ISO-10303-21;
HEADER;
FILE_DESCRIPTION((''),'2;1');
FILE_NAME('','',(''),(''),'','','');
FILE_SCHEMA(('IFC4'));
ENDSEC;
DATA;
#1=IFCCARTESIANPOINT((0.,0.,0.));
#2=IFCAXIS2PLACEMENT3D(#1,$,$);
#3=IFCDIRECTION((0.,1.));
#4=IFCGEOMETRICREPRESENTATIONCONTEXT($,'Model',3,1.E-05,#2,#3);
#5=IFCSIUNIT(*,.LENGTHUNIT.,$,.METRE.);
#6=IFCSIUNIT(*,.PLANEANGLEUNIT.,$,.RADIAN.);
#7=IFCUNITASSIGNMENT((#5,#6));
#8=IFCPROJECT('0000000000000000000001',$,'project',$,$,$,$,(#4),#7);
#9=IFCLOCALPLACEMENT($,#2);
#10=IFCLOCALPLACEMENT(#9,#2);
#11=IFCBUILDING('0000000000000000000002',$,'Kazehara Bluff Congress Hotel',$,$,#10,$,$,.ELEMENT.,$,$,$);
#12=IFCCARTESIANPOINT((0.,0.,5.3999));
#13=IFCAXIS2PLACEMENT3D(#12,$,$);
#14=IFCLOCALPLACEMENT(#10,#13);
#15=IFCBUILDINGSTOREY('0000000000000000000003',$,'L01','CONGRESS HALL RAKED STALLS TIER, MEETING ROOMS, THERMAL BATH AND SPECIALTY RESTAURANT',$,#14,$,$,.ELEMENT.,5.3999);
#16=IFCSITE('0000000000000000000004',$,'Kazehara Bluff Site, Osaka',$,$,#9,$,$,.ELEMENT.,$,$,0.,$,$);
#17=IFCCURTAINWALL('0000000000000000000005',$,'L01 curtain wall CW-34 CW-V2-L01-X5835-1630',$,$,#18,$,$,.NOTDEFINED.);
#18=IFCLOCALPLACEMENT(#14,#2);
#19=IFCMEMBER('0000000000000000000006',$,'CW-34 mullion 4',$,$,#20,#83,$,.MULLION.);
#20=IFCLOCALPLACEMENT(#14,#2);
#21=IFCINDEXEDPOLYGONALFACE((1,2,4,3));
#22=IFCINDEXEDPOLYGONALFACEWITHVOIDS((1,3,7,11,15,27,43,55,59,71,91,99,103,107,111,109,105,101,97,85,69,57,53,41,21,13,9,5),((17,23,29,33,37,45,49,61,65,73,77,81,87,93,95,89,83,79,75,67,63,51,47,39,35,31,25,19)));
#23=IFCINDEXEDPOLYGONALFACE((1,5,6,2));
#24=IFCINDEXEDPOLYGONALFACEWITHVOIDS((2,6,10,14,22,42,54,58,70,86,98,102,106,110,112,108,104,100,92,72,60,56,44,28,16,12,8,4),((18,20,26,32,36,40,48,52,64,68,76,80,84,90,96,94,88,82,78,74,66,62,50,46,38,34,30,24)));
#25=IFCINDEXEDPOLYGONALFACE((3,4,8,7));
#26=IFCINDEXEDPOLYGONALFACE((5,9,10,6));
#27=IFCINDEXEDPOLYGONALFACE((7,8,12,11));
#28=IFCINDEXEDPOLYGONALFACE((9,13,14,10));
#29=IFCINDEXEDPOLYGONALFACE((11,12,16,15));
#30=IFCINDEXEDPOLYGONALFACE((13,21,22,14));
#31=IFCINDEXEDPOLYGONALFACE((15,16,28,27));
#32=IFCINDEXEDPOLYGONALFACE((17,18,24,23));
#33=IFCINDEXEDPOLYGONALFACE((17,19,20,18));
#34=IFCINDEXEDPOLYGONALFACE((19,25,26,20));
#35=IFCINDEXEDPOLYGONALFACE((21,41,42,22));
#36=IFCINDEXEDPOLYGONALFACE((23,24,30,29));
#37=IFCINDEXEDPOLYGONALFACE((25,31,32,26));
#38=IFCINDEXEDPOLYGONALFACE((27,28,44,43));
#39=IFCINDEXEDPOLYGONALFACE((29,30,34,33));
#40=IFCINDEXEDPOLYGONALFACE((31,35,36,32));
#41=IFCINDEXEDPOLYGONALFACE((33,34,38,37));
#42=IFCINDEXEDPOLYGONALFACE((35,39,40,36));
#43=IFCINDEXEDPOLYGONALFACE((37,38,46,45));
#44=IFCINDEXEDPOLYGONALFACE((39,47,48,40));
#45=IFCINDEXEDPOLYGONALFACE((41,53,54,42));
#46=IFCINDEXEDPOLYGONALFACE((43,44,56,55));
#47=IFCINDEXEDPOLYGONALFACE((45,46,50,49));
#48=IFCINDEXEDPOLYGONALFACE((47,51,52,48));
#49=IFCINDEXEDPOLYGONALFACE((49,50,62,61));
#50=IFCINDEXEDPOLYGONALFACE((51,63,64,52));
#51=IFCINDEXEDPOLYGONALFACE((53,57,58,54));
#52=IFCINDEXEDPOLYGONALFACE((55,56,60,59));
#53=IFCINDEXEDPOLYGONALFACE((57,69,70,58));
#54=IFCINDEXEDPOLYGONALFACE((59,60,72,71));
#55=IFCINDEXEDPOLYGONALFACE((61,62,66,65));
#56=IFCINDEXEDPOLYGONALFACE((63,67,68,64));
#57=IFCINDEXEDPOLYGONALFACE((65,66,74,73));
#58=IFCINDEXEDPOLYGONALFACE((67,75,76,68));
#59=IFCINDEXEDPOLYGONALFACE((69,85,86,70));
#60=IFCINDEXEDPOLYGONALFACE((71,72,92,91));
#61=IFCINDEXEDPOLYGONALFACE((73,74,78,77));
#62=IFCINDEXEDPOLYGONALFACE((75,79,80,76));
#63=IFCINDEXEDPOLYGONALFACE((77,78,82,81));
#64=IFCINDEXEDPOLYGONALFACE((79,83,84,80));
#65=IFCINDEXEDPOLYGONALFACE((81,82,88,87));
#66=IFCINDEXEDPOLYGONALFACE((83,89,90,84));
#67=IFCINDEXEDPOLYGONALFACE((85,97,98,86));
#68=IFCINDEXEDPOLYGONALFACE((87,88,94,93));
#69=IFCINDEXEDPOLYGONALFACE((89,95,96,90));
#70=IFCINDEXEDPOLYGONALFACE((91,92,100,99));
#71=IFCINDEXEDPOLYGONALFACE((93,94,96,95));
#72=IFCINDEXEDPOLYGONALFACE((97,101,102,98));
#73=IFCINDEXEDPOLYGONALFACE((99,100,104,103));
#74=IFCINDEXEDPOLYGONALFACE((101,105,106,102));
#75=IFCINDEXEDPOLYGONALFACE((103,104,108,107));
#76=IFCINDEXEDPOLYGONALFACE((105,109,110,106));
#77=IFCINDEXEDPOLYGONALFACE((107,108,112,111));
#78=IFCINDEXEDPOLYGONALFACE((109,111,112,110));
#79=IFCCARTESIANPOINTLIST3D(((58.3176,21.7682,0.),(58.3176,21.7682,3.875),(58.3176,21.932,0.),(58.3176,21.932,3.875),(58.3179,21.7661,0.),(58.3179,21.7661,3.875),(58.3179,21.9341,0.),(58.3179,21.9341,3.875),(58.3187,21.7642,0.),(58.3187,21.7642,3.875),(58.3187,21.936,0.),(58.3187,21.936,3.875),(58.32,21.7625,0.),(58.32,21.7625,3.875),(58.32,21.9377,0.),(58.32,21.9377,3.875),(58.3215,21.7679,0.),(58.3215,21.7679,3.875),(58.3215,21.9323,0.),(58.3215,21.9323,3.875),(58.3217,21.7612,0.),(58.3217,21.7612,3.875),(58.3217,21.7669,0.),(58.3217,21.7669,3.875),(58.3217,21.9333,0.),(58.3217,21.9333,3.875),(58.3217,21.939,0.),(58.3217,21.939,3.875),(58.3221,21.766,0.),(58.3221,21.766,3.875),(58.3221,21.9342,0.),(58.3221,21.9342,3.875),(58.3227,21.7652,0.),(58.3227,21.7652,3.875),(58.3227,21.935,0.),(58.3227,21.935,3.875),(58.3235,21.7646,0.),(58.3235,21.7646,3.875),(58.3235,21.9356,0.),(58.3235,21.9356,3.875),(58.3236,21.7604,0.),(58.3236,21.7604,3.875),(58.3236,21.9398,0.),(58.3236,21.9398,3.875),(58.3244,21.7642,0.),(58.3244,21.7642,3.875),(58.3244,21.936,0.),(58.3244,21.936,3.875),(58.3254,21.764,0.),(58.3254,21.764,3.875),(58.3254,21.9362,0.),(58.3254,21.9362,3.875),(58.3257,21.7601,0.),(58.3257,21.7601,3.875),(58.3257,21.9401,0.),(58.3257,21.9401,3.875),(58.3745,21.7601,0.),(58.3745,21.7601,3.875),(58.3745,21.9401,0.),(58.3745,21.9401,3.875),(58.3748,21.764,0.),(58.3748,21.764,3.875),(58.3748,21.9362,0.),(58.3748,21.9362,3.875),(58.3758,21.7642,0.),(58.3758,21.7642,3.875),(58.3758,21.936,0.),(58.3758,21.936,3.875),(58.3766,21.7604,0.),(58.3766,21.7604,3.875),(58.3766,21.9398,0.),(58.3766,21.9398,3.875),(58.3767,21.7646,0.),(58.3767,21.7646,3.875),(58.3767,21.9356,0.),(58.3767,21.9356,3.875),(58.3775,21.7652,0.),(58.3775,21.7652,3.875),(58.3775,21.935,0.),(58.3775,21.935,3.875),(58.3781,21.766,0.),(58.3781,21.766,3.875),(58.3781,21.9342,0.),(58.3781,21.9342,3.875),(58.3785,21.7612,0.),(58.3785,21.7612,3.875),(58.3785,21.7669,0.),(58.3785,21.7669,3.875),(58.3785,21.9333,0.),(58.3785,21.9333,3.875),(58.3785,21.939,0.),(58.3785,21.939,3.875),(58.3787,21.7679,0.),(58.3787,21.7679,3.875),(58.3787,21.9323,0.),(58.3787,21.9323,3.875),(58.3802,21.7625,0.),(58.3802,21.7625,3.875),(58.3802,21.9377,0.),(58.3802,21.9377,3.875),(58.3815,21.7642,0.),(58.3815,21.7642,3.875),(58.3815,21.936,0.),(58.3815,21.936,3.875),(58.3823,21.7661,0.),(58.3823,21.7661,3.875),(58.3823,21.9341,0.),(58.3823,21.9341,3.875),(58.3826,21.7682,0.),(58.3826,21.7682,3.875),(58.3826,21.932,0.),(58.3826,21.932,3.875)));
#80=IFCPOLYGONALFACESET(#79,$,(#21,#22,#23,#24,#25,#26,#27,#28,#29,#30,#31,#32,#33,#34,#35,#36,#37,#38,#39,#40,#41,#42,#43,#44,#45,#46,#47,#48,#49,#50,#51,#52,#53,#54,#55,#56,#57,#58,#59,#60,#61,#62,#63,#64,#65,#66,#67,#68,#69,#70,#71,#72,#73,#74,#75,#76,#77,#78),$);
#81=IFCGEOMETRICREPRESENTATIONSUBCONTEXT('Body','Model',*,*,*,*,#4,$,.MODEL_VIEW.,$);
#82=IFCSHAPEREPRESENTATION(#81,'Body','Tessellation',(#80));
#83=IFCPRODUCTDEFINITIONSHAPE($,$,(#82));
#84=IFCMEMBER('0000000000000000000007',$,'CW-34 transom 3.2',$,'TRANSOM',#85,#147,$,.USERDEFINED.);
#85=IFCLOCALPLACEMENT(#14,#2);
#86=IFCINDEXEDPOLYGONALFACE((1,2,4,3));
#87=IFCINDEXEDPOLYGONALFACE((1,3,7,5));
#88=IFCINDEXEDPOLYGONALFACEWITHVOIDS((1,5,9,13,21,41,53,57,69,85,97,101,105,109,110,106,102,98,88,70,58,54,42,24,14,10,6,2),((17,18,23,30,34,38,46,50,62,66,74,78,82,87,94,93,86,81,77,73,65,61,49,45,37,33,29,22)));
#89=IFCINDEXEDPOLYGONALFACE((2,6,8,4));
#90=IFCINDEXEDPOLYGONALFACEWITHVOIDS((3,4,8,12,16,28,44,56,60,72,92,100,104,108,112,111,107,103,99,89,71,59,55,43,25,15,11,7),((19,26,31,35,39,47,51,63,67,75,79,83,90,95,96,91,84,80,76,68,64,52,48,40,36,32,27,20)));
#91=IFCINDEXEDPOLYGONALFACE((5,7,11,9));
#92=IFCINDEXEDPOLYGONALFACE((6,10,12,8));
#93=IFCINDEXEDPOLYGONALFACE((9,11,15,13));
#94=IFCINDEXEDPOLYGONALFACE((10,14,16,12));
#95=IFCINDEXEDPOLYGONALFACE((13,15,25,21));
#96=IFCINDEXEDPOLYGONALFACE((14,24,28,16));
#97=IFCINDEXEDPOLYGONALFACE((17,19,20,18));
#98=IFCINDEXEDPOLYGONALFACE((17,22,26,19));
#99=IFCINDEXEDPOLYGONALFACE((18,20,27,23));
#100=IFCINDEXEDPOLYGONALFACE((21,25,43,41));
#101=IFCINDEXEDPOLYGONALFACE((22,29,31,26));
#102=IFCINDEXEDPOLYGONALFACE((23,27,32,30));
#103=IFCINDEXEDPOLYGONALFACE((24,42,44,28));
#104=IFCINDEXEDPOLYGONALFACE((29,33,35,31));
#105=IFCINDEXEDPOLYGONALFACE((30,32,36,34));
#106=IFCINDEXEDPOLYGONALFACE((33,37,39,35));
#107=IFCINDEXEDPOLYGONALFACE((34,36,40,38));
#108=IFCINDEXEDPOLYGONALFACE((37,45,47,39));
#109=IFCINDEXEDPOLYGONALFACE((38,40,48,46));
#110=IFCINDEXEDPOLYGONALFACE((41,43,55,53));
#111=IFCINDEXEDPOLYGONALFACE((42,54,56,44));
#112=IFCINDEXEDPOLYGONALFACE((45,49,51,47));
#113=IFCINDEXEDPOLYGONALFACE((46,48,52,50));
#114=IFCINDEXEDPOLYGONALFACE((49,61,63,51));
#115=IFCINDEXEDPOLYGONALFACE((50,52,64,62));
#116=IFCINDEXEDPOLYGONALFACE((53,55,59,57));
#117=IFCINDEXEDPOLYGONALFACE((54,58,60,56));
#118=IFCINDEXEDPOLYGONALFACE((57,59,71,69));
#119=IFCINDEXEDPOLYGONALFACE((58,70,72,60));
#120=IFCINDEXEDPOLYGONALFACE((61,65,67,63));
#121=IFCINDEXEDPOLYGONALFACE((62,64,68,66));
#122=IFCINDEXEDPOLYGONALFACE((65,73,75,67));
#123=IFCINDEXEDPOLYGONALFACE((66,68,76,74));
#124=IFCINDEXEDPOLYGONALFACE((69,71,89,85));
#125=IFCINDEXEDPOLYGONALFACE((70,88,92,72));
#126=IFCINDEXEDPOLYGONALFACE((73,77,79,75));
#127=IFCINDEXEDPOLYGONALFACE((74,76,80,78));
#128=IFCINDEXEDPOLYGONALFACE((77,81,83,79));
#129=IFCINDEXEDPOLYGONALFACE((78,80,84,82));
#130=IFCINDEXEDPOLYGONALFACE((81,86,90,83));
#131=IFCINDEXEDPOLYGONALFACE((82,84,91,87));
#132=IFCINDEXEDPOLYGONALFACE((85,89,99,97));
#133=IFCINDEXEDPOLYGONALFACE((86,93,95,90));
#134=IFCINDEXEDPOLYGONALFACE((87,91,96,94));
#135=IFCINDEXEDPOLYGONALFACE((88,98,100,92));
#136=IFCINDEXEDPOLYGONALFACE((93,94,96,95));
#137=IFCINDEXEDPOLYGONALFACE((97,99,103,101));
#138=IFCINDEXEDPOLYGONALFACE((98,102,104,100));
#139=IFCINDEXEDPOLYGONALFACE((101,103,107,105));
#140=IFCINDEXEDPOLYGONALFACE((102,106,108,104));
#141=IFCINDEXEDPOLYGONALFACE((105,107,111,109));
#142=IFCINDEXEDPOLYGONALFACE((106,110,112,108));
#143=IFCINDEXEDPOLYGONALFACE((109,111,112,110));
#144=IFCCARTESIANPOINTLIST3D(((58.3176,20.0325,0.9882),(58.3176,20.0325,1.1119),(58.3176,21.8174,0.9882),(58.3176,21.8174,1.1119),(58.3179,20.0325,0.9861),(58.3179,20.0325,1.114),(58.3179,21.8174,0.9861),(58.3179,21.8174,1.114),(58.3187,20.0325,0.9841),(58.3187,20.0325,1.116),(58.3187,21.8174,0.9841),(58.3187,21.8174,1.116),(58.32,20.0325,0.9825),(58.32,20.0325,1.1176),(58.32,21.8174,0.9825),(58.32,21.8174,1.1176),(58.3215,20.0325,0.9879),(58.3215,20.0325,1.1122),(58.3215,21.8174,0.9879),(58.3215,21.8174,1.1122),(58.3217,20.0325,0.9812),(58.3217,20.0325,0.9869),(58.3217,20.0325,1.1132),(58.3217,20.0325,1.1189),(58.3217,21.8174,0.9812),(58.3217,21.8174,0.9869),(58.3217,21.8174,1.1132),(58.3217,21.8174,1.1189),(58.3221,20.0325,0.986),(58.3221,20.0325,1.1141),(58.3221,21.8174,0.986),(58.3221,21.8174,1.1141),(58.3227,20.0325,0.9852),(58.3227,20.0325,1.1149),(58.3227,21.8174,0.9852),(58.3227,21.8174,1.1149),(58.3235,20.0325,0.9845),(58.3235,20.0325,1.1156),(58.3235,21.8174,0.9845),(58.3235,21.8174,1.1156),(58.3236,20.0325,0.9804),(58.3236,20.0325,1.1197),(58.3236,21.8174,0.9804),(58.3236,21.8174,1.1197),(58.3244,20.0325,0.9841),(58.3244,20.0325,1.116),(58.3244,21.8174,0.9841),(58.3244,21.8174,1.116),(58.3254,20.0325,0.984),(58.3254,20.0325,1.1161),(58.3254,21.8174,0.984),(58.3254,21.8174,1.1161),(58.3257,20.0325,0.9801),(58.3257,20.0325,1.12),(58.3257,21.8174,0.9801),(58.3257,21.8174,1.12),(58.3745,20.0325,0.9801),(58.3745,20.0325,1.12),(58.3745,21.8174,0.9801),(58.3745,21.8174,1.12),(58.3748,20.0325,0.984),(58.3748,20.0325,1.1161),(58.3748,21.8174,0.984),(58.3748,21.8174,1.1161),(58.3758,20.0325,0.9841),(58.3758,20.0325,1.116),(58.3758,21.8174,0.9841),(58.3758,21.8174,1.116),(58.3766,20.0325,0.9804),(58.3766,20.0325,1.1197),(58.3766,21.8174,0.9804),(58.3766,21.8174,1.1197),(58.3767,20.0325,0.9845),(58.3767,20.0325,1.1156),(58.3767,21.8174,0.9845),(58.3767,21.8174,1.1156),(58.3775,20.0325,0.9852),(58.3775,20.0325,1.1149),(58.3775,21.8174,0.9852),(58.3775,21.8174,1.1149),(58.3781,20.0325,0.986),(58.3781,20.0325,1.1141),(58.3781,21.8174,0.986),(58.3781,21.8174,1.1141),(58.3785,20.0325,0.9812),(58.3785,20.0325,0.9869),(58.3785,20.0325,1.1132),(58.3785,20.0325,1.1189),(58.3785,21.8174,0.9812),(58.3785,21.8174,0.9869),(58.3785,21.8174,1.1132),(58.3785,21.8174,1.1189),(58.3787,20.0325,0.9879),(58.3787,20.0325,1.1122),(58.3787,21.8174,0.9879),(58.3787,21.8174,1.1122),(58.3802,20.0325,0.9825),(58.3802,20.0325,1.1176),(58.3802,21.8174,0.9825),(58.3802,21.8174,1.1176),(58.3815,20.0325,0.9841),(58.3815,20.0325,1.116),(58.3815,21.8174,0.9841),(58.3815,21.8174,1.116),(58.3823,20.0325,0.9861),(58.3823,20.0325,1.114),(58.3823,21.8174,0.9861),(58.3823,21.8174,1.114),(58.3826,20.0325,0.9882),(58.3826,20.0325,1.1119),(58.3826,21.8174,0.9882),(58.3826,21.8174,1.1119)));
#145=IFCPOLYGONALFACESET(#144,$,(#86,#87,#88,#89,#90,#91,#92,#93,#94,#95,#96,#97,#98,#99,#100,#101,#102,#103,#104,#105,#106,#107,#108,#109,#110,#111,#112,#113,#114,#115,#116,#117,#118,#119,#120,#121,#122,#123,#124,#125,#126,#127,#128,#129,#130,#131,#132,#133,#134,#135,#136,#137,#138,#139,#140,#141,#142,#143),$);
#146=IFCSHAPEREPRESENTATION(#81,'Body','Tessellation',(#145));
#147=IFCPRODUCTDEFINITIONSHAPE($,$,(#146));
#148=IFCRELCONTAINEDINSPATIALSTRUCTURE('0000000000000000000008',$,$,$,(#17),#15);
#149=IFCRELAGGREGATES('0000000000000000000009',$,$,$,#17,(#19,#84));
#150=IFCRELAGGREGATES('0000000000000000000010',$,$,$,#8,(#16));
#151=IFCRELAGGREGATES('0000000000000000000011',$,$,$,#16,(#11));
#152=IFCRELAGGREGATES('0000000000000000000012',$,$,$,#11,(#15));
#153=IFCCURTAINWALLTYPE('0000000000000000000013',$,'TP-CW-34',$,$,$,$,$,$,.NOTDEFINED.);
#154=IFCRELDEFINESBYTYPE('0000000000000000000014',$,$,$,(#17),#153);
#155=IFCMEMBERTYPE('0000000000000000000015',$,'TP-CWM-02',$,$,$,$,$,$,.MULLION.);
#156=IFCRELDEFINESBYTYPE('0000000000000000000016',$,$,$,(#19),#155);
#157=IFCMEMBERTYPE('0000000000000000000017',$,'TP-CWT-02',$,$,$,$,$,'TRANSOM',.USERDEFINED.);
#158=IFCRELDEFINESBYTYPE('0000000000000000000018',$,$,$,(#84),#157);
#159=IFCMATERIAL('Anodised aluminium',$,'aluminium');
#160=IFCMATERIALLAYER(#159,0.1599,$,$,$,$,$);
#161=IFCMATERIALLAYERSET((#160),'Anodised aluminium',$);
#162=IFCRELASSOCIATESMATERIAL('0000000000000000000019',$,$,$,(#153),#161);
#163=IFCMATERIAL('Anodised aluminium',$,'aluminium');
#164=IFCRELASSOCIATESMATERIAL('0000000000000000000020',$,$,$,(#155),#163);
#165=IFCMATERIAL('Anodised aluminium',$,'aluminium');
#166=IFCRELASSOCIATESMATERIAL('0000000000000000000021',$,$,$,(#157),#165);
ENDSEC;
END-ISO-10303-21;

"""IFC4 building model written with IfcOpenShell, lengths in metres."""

from ifc_helpers import new_model, si_unit, direction, frame, origin, origin_2d, place, context, subcontext, project, spatial, hollow_rectangle, extrude, material, layer, layer_set, material_profile, profile_set, type_object, element, aggregate, save


model = new_model("IFC4")

# Units and contexts
model_context = context("Model", 3, precision=1e-05, world=origin(), true_north=direction((0.0, 1.0)))
body_context = subcontext(model_context, "Body", "Model", "MODEL_VIEW")
ifc_project = project(units=[si_unit("LENGTHUNIT", "METRE"), si_unit("PLANEANGLEUNIT", "RADIAN")], contexts=[model_context])

# Site, building, storey
site_placement = place(None, origin())
site = spatial("IfcSite", under=ifc_project, at=site_placement, Name="Kazehara Bluff Site, Osaka", CompositionType="ELEMENT", RefElevation=0.0)
building_placement = place(site_placement, origin())
building = spatial("IfcBuilding", under=site, at=building_placement, Name="Kazehara Bluff Congress Hotel", CompositionType="ELEMENT")
storey_placement = place(building_placement, frame((0.0, 0.0, 5.3999)))
storey = spatial("IfcBuildingStorey", under=building, at=storey_placement, Name="L01", Description="CONGRESS HALL RAKED STALLS TIER, MEETING ROOMS, THERMAL BATH AND SPECIALTY RESTAURANT", CompositionType="ELEMENT", Elevation=5.3999)

# Curtain wall, members
ifc_material_1 = material(Name="Anodised aluminium", Category="aluminium")
ifc_layer_1 = layer(ifc_material_1, 0.1599)
ifc_layer_set_1 = layer_set([ifc_layer_1], Name="Anodised aluminium")
curtain_wall_type = type_object("IfcCurtainWallType", Name="TP-CW-34", PredefinedType="NOTDEFINED", material=ifc_layer_set_1)
curtain_wall_placement = place(storey_placement, origin())
curtain_wall = element("IfcCurtainWall", 1, at=curtain_wall_placement, inside=storey, type_object=curtain_wall_type, Name="L01 curtain wall CW-34 CW-V2-L01-X5835-1630", PredefinedType="NOTDEFINED")
ifc_material_2 = material(Name="Anodised aluminium", Category="aluminium")
ifc_material_profile_1 = material_profile(ifc_material_2, hollow_rectangle(XDim=0.0649, YDim=0.1799, WallThickness=0.0039, InnerFilletRadius=0.0039, OuterFilletRadius=0.0081, at=origin_2d()))
ifc_profile_set_1 = profile_set([ifc_material_profile_1], Name="Anodised aluminium")
member_type_1 = type_object("IfcMemberType", Name="TP-CWM-02", PredefinedType="MULLION", material=ifc_profile_set_1)
member_1_placement = place(storey_placement, frame((58.3501, 21.8501, 0.0), z_axis=(0.0, 0.0, 1.0), x_axis=(-1.0, 0.0, 0.0)))
member_1 = element("IfcMember", 2, at=member_1_placement, type_object=member_type_1, Name="CW-34 mullion 4", PredefinedType="MULLION", context=body_context, shape_type="SweptSolid", body=[
    extrude(hollow_rectangle(XDim=0.0649, YDim=0.1799, WallThickness=0.0039, InnerFilletRadius=0.0039, OuterFilletRadius=0.0081, at=origin_2d()), origin(), (0.0, 0.0, 1.0), 3.875),
])
ifc_material_3 = material(Name="Anodised aluminium", Category="aluminium")
ifc_material_profile_2 = material_profile(ifc_material_3, hollow_rectangle(XDim=0.0649, YDim=0.1399, WallThickness=0.0039, InnerFilletRadius=0.0039, OuterFilletRadius=0.0081, at=origin_2d()))
ifc_profile_set_2 = profile_set([ifc_material_profile_2], Name="Anodised aluminium")
member_type_2 = type_object("IfcMemberType", Name="TP-CWT-02", ElementType="TRANSOM", PredefinedType="USERDEFINED", material=ifc_profile_set_2)
member_2_placement = place(storey_placement, frame((58.3501, 20.0325, 1.05), z_axis=(0.0, 1.0, 0.0), x_axis=(-1.0, 0.0, 0.0)))
member_2 = element("IfcMember", 3, at=member_2_placement, type_object=member_type_2, Name="CW-34 transom 3.2", ObjectType="TRANSOM", PredefinedType="USERDEFINED", context=body_context, shape_type="SweptSolid", body=[
    extrude(hollow_rectangle(XDim=0.0649, YDim=0.1399, WallThickness=0.0039, InnerFilletRadius=0.0039, OuterFilletRadius=0.0081, at=origin_2d()), origin(), (0.0, 0.0, 1.0), 1.7849),
])

aggregate(curtain_wall, [member_1, member_2])

save(model, "model.ifc")
